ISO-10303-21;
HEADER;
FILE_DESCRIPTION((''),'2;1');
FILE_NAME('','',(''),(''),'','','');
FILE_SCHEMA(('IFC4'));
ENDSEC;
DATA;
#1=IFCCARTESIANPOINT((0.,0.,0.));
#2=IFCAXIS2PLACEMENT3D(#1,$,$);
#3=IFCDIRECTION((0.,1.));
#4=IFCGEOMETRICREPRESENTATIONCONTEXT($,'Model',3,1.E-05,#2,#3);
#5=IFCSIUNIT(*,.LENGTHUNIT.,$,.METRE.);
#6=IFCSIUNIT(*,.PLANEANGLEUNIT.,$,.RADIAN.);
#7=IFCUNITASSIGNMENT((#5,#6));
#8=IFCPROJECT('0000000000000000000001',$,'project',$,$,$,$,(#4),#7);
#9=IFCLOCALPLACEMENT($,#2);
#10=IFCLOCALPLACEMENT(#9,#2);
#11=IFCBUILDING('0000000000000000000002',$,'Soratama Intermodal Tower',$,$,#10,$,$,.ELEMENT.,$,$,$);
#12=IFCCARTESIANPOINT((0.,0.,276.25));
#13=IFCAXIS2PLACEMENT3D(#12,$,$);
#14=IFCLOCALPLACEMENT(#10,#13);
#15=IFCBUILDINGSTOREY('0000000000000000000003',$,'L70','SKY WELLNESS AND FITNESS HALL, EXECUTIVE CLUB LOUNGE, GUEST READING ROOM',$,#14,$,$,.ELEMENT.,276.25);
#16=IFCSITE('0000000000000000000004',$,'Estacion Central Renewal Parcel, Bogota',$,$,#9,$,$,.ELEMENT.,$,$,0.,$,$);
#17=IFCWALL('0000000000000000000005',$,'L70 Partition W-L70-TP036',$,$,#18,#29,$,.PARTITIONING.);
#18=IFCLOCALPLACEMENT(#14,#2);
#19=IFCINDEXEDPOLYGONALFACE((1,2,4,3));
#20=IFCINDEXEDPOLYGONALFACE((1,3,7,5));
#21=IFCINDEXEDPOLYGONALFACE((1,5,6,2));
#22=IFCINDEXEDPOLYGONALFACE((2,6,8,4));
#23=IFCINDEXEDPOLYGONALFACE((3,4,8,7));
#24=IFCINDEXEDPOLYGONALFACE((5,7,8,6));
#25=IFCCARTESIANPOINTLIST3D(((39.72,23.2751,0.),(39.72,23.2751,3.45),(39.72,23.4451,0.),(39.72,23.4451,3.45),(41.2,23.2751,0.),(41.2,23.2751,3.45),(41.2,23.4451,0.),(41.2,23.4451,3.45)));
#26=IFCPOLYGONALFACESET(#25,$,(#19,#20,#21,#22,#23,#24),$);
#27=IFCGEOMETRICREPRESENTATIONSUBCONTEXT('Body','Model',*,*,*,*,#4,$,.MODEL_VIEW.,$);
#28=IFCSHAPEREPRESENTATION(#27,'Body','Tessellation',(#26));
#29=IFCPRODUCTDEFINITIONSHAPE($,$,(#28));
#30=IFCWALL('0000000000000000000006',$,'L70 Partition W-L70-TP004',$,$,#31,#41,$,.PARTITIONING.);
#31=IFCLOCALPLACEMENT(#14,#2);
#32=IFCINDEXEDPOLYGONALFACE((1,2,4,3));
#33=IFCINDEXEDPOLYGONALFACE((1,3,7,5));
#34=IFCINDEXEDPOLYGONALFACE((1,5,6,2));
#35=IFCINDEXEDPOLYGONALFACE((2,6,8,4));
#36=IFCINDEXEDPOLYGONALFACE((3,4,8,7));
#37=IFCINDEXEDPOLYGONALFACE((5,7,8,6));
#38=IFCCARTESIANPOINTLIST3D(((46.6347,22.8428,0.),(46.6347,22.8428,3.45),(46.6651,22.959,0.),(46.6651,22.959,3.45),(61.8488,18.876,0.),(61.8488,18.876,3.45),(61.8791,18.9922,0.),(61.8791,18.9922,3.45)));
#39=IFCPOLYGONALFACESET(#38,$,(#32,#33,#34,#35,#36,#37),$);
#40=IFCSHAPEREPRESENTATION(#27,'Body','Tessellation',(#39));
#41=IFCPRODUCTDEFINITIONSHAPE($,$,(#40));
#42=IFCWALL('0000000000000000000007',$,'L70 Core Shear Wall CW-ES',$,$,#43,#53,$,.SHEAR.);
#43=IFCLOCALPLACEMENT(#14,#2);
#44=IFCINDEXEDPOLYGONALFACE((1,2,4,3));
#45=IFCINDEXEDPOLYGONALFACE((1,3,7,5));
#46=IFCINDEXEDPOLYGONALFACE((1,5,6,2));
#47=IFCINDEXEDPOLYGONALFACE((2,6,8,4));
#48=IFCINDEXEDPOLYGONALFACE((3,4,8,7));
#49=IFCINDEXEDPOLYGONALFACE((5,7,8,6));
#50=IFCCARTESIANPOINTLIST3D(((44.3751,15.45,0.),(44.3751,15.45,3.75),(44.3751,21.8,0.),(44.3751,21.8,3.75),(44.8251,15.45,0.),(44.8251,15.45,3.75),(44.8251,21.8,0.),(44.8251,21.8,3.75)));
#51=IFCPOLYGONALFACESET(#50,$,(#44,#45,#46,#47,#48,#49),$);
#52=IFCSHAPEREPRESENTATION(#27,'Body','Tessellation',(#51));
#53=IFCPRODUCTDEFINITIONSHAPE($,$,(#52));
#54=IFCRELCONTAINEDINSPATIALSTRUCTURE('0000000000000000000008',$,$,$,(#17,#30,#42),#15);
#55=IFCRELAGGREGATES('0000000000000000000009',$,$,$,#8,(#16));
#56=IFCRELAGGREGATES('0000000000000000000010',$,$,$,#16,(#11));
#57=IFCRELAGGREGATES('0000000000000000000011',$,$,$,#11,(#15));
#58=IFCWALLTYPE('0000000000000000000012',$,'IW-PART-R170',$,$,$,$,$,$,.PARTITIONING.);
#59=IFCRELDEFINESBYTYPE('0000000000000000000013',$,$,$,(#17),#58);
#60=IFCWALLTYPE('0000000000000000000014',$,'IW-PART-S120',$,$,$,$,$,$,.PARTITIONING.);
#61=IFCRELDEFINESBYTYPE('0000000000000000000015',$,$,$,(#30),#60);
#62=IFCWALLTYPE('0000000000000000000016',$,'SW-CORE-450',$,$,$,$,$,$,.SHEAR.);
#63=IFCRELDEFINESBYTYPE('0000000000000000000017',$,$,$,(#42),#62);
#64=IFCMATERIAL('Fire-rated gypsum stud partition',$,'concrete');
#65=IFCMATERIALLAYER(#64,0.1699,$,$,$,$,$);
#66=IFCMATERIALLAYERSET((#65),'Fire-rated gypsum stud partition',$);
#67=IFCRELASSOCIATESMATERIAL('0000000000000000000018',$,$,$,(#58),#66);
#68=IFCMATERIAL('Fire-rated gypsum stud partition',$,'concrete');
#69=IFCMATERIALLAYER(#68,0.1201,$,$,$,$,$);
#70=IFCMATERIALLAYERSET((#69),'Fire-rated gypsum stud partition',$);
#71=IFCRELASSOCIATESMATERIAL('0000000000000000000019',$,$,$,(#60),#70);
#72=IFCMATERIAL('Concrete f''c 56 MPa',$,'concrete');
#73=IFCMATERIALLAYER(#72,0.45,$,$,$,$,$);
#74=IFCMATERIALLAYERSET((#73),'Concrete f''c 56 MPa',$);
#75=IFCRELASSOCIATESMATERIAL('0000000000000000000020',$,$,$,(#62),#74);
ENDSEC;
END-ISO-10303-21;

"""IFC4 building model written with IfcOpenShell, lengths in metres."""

from ifc_helpers import new_model, si_unit, direction, frame, frame_2d, origin, place, context, subcontext, project, spatial, rectangle, extrude, material, layer, layer_set, type_object, element, save


model = new_model("IFC4")

# Units and contexts
model_context = context("Model", 3, precision=1e-05, world=origin(), true_north=direction((0.0, 1.0)))
body_context = subcontext(model_context, "Body", "Model", "MODEL_VIEW")
ifc_project = project(units=[si_unit("LENGTHUNIT", "METRE"), si_unit("PLANEANGLEUNIT", "RADIAN")], contexts=[model_context])

# Site, building, storey
site_placement = place(None, origin())
site = spatial("IfcSite", under=ifc_project, at=site_placement, Name="Estacion Central Renewal Parcel, Bogota", CompositionType="ELEMENT", RefElevation=0.0)
building_placement = place(site_placement, origin())
building = spatial("IfcBuilding", under=site, at=building_placement, Name="Soratama Intermodal Tower", CompositionType="ELEMENT")
storey_placement = place(building_placement, frame((0.0, 0.0, 276.25)))
storey = spatial("IfcBuildingStorey", under=building, at=storey_placement, Name="L70", Description="SKY WELLNESS AND FITNESS HALL, EXECUTIVE CLUB LOUNGE, GUEST READING ROOM", CompositionType="ELEMENT", Elevation=276.25)

# Shared definitions
ifc_material_1 = material(Name="Fire-rated gypsum stud partition", Category="concrete")
ifc_layer_1 = layer(ifc_material_1, 0.1699)
ifc_layer_set_1 = layer_set([ifc_layer_1], Name="Fire-rated gypsum stud partition")
wall_type_1 = type_object("IfcWallType", Name="IW-PART-R170", PredefinedType="PARTITIONING", material=ifc_layer_set_1)

# Walls
wall_1_placement = place(storey_placement, frame((41.2, 23.3601, 0.0), z_axis=(0.0, 0.0, 1.0), x_axis=(-1.0, 0.0, 0.0)))
element("IfcWall", 1, at=wall_1_placement, inside=storey, type_object=wall_type_1, Name="L70 Partition W-L70-TP036", PredefinedType="PARTITIONING", context=body_context, shape_type="SweptSolid", body=[
    extrude(rectangle(XDim=1.48, YDim=0.1699, at=frame_2d((0.74, 0.0))), origin(), (0.0, 0.0, 1.0), 3.45),
])
ifc_material_2 = material(Name="Fire-rated gypsum stud partition", Category="concrete")
ifc_layer_2 = layer(ifc_material_2, 0.1201)
ifc_layer_set_2 = layer_set([ifc_layer_2], Name="Fire-rated gypsum stud partition")
wall_type_2 = type_object("IfcWallType", Name="IW-PART-S120", PredefinedType="PARTITIONING", material=ifc_layer_set_2)
wall_2_placement = place(storey_placement, frame((46.6499, 22.9009, 0.0), z_axis=(0.0, 0.0, 1.0), x_axis=(0.96765, -0.252297, 0.0)))
element("IfcWall", 2, at=wall_2_placement, inside=storey, type_object=wall_type_2, Name="L70 Partition W-L70-TP004", PredefinedType="PARTITIONING", context=body_context, shape_type="SweptSolid", body=[
    extrude(rectangle(XDim=15.7227, YDim=0.1201, at=frame_2d((7.8613, 0.0))), origin(), (0.0, 0.0, 1.0), 3.45),
])
ifc_material_3 = material(Name="Concrete f'c 56 MPa", Category="concrete")
ifc_layer_3 = layer(ifc_material_3, 0.45)
ifc_layer_set_3 = layer_set([ifc_layer_3], Name="Concrete f'c 56 MPa")
wall_type_3 = type_object("IfcWallType", Name="SW-CORE-450", PredefinedType="SHEAR", material=ifc_layer_set_3)
wall_3_placement = place(storey_placement, frame((44.6001, 15.45, 0.0), z_axis=(0.0, 0.0, 1.0), x_axis=(0.0, 1.0, 0.0)))
element("IfcWall", 3, at=wall_3_placement, inside=storey, type_object=wall_type_3, Name="L70 Core Shear Wall CW-ES", PredefinedType="SHEAR", context=body_context, shape_type="SweptSolid", body=[
    extrude(rectangle(XDim=6.3501, YDim=0.45, at=frame_2d((3.175, 0.0))), origin(), (0.0, 0.0, 1.0), 3.75),
])

save(model, "model.ifc")
